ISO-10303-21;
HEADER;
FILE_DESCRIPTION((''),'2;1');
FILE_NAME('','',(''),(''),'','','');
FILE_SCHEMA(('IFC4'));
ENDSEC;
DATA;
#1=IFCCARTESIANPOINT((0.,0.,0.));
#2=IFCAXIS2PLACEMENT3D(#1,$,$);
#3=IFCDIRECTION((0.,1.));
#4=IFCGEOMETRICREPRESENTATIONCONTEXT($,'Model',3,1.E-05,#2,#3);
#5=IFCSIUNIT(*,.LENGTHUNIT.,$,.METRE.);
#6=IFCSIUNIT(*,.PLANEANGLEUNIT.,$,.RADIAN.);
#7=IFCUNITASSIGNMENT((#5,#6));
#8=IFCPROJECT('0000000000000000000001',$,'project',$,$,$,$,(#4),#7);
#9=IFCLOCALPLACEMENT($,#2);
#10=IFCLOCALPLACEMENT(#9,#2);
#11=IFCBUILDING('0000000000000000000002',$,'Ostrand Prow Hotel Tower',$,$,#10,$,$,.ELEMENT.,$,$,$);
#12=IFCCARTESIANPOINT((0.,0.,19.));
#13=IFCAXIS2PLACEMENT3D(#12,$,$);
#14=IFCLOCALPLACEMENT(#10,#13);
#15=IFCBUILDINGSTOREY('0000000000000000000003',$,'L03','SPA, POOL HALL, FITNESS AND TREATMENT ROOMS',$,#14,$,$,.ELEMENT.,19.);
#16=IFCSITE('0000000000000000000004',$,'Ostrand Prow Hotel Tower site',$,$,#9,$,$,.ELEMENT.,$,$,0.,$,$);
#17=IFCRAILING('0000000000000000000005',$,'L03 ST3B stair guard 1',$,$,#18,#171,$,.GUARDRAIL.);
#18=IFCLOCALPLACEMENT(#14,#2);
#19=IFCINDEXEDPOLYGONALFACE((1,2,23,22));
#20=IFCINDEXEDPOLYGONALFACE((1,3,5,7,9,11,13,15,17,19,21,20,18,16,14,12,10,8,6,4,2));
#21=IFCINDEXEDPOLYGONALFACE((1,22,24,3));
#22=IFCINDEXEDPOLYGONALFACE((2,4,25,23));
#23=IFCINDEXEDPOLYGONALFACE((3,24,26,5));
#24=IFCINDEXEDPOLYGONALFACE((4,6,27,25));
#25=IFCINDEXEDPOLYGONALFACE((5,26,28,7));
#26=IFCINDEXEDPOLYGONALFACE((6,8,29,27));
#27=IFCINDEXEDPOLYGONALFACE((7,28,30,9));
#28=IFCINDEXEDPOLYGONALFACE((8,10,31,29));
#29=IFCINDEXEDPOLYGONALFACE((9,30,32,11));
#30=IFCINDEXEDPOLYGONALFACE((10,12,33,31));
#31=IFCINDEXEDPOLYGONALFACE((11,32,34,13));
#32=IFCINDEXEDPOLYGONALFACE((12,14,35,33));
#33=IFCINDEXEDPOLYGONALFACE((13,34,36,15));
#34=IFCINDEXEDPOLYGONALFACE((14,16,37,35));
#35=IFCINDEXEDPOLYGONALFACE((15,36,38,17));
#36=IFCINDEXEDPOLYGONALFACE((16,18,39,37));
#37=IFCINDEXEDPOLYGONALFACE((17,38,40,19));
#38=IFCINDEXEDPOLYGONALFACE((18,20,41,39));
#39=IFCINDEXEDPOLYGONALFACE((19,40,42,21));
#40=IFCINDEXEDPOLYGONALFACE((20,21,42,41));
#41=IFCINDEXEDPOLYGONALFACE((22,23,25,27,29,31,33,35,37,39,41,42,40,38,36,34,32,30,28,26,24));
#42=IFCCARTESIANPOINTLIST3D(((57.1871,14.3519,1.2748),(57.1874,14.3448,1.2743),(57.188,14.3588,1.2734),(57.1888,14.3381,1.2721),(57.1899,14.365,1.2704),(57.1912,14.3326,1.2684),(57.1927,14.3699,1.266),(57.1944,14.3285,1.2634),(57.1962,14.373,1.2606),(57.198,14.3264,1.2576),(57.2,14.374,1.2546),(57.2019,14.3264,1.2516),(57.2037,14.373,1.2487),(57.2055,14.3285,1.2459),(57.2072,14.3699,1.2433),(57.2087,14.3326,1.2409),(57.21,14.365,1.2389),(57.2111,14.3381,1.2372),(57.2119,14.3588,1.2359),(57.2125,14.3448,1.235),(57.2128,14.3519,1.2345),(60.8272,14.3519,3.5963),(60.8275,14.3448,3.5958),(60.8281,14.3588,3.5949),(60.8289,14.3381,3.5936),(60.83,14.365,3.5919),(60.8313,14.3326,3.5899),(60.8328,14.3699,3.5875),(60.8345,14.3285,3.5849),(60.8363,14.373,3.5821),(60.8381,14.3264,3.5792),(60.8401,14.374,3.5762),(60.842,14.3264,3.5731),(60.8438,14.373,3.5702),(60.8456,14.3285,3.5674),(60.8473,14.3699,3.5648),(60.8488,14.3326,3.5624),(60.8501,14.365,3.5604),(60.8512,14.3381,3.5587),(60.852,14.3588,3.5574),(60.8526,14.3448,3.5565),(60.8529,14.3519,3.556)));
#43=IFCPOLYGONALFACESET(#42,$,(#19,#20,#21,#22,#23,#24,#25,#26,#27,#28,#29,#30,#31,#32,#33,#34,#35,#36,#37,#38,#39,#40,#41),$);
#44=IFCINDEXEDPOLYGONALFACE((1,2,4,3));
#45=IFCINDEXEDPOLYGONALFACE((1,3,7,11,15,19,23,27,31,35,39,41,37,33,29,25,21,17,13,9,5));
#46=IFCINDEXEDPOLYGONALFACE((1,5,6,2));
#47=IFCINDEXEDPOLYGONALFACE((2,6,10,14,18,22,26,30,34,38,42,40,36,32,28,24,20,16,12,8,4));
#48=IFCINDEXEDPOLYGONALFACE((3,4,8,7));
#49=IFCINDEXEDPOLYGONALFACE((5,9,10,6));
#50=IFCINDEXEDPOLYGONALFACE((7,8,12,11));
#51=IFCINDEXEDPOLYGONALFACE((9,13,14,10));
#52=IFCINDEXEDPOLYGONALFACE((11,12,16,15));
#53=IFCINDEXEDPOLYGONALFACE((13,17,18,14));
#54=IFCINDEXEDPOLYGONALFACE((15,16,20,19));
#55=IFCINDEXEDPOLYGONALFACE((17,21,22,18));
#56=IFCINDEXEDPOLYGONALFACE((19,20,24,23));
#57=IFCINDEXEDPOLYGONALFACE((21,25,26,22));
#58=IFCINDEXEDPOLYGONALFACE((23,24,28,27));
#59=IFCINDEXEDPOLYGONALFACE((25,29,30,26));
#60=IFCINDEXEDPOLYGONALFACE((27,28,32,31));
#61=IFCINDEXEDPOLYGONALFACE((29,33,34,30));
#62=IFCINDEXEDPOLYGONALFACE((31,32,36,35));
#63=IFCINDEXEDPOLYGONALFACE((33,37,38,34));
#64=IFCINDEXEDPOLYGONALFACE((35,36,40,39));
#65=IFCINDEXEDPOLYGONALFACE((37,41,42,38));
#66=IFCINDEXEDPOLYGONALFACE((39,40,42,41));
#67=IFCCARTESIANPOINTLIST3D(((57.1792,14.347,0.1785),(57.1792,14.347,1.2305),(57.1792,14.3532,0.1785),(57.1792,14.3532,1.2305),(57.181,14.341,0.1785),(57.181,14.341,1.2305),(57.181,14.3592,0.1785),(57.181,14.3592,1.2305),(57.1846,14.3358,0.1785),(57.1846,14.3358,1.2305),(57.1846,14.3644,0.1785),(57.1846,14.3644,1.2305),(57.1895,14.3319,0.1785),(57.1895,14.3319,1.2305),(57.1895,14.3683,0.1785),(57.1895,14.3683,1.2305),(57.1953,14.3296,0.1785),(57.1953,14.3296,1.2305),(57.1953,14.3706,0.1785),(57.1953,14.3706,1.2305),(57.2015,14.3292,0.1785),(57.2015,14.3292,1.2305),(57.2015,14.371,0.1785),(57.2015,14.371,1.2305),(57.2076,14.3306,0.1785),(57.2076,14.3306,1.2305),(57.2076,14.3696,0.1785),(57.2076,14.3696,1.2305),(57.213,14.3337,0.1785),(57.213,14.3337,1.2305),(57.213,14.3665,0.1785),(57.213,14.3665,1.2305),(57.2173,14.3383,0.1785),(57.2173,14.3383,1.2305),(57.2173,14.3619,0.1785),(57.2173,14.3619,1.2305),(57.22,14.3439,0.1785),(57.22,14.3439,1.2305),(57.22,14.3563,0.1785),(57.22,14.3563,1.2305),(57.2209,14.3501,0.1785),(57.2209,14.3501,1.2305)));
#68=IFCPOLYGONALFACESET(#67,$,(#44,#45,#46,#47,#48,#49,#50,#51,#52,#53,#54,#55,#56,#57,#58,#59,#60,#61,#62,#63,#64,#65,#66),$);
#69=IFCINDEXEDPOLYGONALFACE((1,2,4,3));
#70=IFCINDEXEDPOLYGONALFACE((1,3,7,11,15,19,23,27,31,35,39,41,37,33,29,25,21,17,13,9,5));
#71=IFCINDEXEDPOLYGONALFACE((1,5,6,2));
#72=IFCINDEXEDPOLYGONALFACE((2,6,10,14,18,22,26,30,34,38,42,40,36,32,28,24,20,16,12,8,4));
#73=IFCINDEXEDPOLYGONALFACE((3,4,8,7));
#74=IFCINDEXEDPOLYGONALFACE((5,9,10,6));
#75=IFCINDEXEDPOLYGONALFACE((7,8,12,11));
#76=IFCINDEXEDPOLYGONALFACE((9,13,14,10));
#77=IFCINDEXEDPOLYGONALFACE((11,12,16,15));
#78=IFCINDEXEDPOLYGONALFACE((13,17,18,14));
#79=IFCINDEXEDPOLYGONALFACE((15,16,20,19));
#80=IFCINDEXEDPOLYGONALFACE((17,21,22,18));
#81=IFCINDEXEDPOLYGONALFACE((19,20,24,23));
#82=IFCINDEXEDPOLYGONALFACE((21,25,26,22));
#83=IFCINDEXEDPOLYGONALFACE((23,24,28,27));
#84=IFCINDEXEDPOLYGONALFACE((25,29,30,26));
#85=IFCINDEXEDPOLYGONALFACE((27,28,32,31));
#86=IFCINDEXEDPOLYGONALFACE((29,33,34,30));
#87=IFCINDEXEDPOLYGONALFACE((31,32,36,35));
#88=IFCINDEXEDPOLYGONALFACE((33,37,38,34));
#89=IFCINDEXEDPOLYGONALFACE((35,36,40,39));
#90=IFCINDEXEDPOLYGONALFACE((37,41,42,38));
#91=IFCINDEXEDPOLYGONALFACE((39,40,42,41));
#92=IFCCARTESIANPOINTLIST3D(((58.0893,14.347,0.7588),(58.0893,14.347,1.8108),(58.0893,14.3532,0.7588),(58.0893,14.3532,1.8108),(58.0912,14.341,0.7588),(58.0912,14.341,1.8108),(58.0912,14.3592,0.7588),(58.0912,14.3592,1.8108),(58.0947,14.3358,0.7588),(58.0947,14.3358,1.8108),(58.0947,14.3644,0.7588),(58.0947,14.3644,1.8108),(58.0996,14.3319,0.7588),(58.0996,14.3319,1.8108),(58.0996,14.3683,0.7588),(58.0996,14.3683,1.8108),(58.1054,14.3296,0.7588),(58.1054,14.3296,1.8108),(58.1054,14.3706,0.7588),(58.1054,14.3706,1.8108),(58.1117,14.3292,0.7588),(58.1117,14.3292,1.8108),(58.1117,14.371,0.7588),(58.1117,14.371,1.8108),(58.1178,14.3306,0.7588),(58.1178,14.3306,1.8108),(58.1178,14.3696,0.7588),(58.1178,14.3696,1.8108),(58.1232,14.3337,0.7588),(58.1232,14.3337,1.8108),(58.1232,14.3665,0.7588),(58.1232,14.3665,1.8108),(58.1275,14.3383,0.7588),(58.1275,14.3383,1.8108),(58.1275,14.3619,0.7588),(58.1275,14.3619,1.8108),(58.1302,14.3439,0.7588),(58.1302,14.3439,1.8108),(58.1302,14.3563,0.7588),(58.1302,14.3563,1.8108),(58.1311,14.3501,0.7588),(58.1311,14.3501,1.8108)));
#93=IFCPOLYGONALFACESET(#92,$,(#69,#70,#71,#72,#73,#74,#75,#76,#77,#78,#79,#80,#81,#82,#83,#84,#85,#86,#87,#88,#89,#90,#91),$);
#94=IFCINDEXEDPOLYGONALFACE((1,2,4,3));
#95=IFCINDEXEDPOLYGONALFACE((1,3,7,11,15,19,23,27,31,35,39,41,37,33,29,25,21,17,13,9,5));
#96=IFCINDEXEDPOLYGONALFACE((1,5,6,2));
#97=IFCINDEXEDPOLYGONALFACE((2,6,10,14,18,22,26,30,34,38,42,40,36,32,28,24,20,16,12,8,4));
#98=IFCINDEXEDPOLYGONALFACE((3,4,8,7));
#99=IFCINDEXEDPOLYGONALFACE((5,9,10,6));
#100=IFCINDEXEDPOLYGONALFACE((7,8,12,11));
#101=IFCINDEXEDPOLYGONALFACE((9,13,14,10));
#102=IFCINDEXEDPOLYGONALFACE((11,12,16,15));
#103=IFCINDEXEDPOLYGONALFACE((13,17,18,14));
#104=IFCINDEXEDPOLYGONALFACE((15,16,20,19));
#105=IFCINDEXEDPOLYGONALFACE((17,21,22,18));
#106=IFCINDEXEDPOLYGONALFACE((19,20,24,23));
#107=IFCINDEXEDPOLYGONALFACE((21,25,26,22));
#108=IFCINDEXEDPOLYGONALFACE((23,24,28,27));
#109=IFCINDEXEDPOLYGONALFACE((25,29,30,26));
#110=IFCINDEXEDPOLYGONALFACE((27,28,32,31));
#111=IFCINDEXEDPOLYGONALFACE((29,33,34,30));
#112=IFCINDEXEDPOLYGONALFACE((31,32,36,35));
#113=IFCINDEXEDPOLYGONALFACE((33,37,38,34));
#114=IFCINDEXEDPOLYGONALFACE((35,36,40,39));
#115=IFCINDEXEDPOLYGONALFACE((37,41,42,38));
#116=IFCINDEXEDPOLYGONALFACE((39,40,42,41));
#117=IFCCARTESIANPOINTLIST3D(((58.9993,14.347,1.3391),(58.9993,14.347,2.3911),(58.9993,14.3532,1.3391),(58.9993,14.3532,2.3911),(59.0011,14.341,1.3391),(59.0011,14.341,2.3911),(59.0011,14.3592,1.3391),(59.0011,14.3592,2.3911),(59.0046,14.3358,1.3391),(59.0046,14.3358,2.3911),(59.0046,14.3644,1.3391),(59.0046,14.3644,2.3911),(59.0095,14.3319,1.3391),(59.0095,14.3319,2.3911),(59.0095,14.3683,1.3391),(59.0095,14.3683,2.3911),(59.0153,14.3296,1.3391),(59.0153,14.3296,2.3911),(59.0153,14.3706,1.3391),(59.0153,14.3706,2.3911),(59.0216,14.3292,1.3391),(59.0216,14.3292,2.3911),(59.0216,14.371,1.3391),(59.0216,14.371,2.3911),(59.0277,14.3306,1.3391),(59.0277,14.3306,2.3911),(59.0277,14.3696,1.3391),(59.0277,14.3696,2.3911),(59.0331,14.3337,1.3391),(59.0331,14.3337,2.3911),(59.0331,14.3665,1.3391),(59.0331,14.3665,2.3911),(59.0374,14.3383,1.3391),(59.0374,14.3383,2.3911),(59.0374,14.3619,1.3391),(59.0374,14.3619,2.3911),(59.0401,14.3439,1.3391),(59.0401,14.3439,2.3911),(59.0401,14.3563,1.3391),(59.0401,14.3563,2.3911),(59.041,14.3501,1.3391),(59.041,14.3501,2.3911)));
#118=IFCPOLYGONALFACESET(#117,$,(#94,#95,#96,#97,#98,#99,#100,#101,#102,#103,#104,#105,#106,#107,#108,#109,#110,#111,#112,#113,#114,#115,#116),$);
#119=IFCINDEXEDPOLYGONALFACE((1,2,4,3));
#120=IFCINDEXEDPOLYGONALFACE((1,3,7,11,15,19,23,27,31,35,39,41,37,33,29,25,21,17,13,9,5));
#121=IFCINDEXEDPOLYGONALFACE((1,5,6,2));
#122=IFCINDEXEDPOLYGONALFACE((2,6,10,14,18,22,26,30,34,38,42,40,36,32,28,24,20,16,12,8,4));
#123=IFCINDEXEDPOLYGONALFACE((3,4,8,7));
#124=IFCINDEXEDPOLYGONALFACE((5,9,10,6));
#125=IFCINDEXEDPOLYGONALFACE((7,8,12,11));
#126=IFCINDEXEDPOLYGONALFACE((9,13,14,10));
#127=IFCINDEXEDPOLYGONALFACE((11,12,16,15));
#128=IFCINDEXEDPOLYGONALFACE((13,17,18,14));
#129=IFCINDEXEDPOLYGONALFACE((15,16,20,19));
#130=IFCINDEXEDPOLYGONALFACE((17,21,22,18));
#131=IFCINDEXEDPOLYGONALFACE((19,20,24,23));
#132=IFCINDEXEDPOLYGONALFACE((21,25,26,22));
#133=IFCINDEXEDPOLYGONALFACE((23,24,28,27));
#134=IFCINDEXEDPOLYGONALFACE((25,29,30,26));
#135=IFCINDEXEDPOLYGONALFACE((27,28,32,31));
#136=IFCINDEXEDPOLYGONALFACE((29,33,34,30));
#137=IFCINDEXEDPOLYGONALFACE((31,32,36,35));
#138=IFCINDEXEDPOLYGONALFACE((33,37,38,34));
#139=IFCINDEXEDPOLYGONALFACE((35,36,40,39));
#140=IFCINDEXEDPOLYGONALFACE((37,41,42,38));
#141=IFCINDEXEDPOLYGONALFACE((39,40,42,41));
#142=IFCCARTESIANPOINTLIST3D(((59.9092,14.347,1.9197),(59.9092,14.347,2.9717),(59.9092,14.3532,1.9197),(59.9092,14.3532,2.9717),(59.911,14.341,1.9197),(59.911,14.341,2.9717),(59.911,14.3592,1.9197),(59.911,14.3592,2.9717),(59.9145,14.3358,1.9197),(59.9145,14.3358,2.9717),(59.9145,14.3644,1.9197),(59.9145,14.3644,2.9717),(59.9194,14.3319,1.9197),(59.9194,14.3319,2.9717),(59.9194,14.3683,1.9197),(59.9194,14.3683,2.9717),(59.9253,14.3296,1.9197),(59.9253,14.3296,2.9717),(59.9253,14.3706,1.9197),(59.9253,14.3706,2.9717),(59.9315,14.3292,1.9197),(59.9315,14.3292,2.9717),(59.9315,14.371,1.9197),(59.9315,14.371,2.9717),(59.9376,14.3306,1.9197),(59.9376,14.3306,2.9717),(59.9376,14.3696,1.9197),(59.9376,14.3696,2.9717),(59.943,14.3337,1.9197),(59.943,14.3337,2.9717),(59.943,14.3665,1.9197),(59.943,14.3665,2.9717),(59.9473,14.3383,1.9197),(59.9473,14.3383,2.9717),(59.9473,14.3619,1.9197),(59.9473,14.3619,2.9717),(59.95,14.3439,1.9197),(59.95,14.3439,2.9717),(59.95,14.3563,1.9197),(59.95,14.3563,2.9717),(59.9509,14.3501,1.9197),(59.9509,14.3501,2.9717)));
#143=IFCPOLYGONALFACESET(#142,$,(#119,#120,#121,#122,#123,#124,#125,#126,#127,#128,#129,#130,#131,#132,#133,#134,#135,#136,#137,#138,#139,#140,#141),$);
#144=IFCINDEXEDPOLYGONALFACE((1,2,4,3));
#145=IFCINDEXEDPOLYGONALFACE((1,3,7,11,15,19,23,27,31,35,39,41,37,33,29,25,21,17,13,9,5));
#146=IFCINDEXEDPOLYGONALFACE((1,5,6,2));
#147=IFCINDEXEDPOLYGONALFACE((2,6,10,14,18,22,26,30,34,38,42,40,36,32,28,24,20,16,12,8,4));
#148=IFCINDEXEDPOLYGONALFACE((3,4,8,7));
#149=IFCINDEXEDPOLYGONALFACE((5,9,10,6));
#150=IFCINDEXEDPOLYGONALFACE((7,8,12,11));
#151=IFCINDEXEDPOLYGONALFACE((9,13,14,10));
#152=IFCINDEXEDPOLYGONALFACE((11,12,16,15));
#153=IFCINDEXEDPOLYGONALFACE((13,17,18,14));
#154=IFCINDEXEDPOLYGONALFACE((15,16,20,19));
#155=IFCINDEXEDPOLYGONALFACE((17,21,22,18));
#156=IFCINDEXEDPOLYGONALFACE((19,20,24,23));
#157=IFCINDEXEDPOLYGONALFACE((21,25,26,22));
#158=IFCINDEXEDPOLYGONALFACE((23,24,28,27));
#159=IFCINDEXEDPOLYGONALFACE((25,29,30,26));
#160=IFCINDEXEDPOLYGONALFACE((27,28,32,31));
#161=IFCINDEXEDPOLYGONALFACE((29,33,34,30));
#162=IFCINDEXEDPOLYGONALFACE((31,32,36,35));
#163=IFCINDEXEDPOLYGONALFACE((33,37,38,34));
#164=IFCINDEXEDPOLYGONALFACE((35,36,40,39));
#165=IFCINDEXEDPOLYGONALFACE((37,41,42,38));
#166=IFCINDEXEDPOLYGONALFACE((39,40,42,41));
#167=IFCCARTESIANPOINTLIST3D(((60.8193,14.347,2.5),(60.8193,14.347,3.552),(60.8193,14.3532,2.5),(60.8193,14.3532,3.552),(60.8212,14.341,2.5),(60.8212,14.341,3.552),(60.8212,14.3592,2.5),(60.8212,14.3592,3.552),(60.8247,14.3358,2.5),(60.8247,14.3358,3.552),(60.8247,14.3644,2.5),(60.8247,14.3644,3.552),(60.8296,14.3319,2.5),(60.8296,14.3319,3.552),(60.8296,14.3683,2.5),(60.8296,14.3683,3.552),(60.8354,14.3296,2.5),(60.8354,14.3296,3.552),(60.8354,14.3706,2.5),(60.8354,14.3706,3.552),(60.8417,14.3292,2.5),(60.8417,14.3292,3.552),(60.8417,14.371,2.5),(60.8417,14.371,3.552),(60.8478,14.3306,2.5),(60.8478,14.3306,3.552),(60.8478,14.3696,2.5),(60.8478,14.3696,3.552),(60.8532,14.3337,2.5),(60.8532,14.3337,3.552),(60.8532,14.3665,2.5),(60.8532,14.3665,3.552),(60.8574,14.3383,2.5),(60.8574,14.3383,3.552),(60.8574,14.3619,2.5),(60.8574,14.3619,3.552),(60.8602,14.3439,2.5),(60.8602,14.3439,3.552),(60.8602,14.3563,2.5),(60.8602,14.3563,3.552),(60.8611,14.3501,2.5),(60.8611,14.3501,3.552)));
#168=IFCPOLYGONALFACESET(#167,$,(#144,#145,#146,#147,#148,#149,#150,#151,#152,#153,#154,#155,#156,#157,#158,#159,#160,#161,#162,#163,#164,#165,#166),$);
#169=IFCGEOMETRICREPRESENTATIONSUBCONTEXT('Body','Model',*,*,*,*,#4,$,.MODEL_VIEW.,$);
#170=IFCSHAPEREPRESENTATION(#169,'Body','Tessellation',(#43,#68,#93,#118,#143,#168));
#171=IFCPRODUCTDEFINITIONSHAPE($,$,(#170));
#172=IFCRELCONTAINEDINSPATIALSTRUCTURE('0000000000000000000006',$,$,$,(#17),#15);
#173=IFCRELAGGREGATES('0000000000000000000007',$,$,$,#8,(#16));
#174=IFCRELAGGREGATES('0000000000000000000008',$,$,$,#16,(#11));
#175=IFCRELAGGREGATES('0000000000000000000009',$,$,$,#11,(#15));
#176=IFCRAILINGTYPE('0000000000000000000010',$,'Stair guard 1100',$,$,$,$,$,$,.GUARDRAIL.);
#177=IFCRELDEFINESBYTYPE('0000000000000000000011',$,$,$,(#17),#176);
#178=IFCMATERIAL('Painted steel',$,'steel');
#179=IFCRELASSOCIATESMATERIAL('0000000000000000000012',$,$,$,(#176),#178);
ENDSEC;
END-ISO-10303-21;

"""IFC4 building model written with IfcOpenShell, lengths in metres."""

from ifc_helpers import new_model, si_unit, direction, frame, origin, origin_2d, place, context, subcontext, project, spatial, circle, extrude, material, type_object, element, save


model = new_model("IFC4")

# Units and contexts
model_context = context("Model", 3, precision=1e-05, world=origin(), true_north=direction((0.0, 1.0)))
body_context = subcontext(model_context, "Body", "Model", "MODEL_VIEW")
ifc_project = project(units=[si_unit("LENGTHUNIT", "METRE"), si_unit("PLANEANGLEUNIT", "RADIAN")], contexts=[model_context])

# Site, building, storey
site_placement = place(None, origin())
site = spatial("IfcSite", under=ifc_project, at=site_placement, Name="Ostrand Prow Hotel Tower site", CompositionType="ELEMENT", RefElevation=0.0)
building_placement = place(site_placement, origin())
building = spatial("IfcBuilding", under=site, at=building_placement, Name="Ostrand Prow Hotel Tower", CompositionType="ELEMENT")
storey_placement = place(building_placement, frame((0.0, 0.0, 19.0)))
storey = spatial("IfcBuildingStorey", under=building, at=storey_placement, Name="L03", Description="SPA, POOL HALL, FITNESS AND TREATMENT ROOMS", CompositionType="ELEMENT", Elevation=19.0)

# Railing
ifc_material_1 = material(Name="Painted steel", Category="steel")
railing_type_1 = type_object("IfcRailingType", Name="Stair guard 1100", PredefinedType="GUARDRAIL", material=ifc_material_1)
railing_1_placement = place(storey_placement, frame((57.2, 14.3501, 0.1785)))
element("IfcRailing", 1, at=railing_1_placement, inside=storey, type_object=railing_type_1, Name="L03 ST3B stair guard 1", PredefinedType="GUARDRAIL", context=body_context, shape_type="SweptSolid", body=[
    extrude(circle(Radius=0.0239, at=origin_2d()), frame((0.0, 0.0, 1.0762), z_axis=(0.843128, 0.0, 0.537713), x_axis=(0.0, 1.0, 0.0)), (0.0, 0.0, 1.0), 4.3174),
    extrude(circle(Radius=0.021, at=origin_2d()), origin(), (0.0, 0.0, 1.0), 1.052),
    extrude(circle(Radius=0.021, at=origin_2d()), frame((0.9102, 0.0, 0.5803)), (0.0, 0.0, 1.0), 1.052),
    extrude(circle(Radius=0.021, at=origin_2d()), frame((1.8201, 0.0, 1.1606)), (0.0, 0.0, 1.0), 1.052),
    extrude(circle(Radius=0.021, at=origin_2d()), frame((2.73, 0.0, 1.7412)), (0.0, 0.0, 1.0), 1.052),
    extrude(circle(Radius=0.021, at=origin_2d()), frame((3.6401, 0.0, 2.3215)), (0.0, 0.0, 1.0), 1.052),
])

save(model, "model.ifc")
